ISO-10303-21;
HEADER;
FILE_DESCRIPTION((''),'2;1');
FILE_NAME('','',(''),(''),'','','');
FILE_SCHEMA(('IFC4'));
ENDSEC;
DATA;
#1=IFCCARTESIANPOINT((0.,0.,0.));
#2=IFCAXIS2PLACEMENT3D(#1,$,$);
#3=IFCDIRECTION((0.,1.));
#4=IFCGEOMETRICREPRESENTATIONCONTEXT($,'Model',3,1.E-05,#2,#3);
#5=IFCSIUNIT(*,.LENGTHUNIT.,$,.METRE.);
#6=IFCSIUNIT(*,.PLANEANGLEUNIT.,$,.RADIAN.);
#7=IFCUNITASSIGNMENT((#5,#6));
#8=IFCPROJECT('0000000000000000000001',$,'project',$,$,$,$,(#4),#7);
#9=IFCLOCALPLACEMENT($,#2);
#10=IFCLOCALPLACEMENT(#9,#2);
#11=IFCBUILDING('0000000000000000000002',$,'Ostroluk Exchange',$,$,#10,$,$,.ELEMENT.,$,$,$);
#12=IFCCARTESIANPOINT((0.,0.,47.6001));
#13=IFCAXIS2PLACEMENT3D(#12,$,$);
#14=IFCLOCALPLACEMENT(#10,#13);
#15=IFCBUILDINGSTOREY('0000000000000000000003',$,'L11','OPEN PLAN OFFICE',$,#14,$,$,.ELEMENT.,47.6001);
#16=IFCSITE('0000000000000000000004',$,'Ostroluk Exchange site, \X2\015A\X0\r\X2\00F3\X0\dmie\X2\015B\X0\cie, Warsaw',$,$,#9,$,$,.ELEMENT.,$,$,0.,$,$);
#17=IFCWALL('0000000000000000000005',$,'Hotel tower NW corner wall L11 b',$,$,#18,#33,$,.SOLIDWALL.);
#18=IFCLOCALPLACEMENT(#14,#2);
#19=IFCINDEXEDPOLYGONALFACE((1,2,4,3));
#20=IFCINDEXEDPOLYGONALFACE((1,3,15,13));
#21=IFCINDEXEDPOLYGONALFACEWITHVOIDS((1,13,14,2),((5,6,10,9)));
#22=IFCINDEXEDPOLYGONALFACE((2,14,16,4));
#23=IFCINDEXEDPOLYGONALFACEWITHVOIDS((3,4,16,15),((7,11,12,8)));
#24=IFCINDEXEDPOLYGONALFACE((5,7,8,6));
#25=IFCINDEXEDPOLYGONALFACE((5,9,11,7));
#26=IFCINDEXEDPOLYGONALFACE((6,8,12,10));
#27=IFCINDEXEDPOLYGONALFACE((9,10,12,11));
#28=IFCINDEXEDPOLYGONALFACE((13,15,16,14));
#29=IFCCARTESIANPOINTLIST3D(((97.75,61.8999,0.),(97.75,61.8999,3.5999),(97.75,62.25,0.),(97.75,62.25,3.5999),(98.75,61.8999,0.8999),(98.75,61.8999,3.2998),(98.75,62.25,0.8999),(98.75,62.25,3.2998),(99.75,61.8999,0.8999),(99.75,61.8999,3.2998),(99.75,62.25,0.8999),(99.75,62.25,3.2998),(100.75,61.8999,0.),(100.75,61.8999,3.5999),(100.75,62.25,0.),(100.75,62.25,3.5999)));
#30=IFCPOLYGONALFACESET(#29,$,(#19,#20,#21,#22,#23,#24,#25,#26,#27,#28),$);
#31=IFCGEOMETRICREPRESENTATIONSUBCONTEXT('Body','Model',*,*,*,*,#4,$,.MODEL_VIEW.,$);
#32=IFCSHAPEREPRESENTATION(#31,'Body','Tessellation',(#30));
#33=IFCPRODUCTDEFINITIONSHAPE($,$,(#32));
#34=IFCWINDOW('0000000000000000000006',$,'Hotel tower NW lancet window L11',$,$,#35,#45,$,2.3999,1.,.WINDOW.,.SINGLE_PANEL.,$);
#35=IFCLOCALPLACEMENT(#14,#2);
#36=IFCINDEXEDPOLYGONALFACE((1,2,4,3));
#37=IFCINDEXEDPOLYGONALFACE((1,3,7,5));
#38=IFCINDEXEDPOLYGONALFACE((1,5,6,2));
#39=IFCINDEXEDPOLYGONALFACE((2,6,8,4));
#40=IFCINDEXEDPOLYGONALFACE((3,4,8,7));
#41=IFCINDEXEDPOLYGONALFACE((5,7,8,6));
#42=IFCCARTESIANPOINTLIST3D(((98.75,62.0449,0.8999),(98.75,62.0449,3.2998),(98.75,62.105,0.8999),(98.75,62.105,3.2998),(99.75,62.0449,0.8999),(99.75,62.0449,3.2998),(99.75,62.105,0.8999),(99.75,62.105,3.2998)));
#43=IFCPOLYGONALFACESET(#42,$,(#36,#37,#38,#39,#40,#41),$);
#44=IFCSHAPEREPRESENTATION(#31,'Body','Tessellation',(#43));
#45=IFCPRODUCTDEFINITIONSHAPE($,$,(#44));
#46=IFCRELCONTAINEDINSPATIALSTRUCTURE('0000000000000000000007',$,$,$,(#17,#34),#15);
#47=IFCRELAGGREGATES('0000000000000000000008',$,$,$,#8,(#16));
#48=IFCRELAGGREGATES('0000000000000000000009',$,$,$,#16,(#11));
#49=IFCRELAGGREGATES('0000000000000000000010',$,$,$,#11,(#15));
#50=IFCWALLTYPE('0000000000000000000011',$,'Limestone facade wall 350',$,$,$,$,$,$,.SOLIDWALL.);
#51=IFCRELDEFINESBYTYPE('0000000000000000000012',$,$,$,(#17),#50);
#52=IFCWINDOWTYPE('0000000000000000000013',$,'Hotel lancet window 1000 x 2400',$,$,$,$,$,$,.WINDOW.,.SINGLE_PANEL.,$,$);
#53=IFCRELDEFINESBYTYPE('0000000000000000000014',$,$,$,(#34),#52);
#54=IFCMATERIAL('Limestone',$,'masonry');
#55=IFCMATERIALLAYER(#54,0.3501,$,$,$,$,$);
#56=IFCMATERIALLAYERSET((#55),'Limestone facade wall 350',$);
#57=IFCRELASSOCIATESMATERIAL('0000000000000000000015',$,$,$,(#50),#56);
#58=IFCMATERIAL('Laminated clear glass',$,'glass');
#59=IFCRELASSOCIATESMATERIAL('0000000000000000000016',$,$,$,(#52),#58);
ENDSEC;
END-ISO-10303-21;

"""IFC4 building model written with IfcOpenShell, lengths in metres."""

from ifc_helpers import new_model, si_unit, direction, frame, frame_2d, origin, place, context, subcontext, project, spatial, rectangle, extrude, material, layer, layer_set, type_object, element, fill, save


model = new_model("IFC4")

# Units and contexts
model_context = context("Model", 3, precision=1e-05, world=origin(), true_north=direction((0.0, 1.0)))
body_context = subcontext(model_context, "Body", "Model", "MODEL_VIEW")
ifc_project = project(units=[si_unit("LENGTHUNIT", "METRE"), si_unit("PLANEANGLEUNIT", "RADIAN")], contexts=[model_context])

# Site, building, storey
site_placement = place(None, origin())
site = spatial("IfcSite", under=ifc_project, at=site_placement, Name="Ostroluk Exchange site, Śródmieście, Warsaw", CompositionType="ELEMENT", RefElevation=0.0)
building_placement = place(site_placement, origin())
building = spatial("IfcBuilding", under=site, at=building_placement, Name="Ostroluk Exchange", CompositionType="ELEMENT")
storey_placement = place(building_placement, frame((0.0, 0.0, 47.6001)))
storey = spatial("IfcBuildingStorey", under=building, at=storey_placement, Name="L11", Description="OPEN PLAN OFFICE", CompositionType="ELEMENT", Elevation=47.6001)

# Shared definitions
ifc_material_1 = material(Name="Limestone", Category="masonry")
ifc_layer_1 = layer(ifc_material_1, 0.3501)
ifc_layer_set_1 = layer_set([ifc_layer_1], Name="Limestone facade wall 350")
wall_type = type_object("IfcWallType", Name="Limestone facade wall 350", PredefinedType="SOLIDWALL", material=ifc_layer_set_1)

# Wall, opening, window
wall_1_placement = place(storey_placement, frame((100.75, 62.075, 0.0), z_axis=(0.0, 0.0, 1.0), x_axis=(-1.0, 0.0, 0.0)))
wall_1 = element("IfcWall", 1, at=wall_1_placement, inside=storey, type_object=wall_type, Name="Hotel tower NW corner wall L11 b", PredefinedType="SOLIDWALL", context=body_context, shape_type="SweptSolid", body=[
    extrude(rectangle(XDim=3.0, YDim=0.3501, at=frame_2d((1.5, 0.0))), origin(), (0.0, 0.0, 1.0), 3.5999),
])
opening_1_placement = place(wall_1_placement, frame((1.0, 0.0, 0.8999)))
opening_1 = element("IfcOpeningElement", 2, at=opening_1_placement, cuts=wall_1, PredefinedType="OPENING", context=body_context, shape_type="SweptSolid", body=[
    extrude(rectangle(XDim=1.0, YDim=2.3999, at=frame_2d((0.5, 1.2))), frame((0.0, 0.1851, 0.0), z_axis=(0.0, -1.0, 0.0), x_axis=(1.0, 0.0, 0.0)), (0.0, 0.0, 1.0), 0.3701),
])
ifc_material_2 = material(Name="Laminated clear glass", Category="glass")
window_type = type_object("IfcWindowType", Name="Hotel lancet window 1000 x 2400", PartitioningType="SINGLE_PANEL", PredefinedType="WINDOW", material=ifc_material_2)
window_placement = place(opening_1_placement, origin())
window = element("IfcWindow", 3, at=window_placement, inside=storey, type_object=window_type, Name="Hotel tower NW lancet window L11", OverallHeight=2.3999, OverallWidth=1.0, PartitioningType="SINGLE_PANEL", PredefinedType="WINDOW", context=body_context, shape_type="SweptSolid", body=[
    extrude(rectangle(XDim=1.0, YDim=2.3999, at=frame_2d((0.5, 1.2))), frame((0.0, 0.03, 0.0), z_axis=(0.0, -1.0, 0.0), x_axis=(1.0, 0.0, 0.0)), (0.0, 0.0, 1.0), 0.0601),
])
fill(opening_1, window)

save(model, "model.ifc")
